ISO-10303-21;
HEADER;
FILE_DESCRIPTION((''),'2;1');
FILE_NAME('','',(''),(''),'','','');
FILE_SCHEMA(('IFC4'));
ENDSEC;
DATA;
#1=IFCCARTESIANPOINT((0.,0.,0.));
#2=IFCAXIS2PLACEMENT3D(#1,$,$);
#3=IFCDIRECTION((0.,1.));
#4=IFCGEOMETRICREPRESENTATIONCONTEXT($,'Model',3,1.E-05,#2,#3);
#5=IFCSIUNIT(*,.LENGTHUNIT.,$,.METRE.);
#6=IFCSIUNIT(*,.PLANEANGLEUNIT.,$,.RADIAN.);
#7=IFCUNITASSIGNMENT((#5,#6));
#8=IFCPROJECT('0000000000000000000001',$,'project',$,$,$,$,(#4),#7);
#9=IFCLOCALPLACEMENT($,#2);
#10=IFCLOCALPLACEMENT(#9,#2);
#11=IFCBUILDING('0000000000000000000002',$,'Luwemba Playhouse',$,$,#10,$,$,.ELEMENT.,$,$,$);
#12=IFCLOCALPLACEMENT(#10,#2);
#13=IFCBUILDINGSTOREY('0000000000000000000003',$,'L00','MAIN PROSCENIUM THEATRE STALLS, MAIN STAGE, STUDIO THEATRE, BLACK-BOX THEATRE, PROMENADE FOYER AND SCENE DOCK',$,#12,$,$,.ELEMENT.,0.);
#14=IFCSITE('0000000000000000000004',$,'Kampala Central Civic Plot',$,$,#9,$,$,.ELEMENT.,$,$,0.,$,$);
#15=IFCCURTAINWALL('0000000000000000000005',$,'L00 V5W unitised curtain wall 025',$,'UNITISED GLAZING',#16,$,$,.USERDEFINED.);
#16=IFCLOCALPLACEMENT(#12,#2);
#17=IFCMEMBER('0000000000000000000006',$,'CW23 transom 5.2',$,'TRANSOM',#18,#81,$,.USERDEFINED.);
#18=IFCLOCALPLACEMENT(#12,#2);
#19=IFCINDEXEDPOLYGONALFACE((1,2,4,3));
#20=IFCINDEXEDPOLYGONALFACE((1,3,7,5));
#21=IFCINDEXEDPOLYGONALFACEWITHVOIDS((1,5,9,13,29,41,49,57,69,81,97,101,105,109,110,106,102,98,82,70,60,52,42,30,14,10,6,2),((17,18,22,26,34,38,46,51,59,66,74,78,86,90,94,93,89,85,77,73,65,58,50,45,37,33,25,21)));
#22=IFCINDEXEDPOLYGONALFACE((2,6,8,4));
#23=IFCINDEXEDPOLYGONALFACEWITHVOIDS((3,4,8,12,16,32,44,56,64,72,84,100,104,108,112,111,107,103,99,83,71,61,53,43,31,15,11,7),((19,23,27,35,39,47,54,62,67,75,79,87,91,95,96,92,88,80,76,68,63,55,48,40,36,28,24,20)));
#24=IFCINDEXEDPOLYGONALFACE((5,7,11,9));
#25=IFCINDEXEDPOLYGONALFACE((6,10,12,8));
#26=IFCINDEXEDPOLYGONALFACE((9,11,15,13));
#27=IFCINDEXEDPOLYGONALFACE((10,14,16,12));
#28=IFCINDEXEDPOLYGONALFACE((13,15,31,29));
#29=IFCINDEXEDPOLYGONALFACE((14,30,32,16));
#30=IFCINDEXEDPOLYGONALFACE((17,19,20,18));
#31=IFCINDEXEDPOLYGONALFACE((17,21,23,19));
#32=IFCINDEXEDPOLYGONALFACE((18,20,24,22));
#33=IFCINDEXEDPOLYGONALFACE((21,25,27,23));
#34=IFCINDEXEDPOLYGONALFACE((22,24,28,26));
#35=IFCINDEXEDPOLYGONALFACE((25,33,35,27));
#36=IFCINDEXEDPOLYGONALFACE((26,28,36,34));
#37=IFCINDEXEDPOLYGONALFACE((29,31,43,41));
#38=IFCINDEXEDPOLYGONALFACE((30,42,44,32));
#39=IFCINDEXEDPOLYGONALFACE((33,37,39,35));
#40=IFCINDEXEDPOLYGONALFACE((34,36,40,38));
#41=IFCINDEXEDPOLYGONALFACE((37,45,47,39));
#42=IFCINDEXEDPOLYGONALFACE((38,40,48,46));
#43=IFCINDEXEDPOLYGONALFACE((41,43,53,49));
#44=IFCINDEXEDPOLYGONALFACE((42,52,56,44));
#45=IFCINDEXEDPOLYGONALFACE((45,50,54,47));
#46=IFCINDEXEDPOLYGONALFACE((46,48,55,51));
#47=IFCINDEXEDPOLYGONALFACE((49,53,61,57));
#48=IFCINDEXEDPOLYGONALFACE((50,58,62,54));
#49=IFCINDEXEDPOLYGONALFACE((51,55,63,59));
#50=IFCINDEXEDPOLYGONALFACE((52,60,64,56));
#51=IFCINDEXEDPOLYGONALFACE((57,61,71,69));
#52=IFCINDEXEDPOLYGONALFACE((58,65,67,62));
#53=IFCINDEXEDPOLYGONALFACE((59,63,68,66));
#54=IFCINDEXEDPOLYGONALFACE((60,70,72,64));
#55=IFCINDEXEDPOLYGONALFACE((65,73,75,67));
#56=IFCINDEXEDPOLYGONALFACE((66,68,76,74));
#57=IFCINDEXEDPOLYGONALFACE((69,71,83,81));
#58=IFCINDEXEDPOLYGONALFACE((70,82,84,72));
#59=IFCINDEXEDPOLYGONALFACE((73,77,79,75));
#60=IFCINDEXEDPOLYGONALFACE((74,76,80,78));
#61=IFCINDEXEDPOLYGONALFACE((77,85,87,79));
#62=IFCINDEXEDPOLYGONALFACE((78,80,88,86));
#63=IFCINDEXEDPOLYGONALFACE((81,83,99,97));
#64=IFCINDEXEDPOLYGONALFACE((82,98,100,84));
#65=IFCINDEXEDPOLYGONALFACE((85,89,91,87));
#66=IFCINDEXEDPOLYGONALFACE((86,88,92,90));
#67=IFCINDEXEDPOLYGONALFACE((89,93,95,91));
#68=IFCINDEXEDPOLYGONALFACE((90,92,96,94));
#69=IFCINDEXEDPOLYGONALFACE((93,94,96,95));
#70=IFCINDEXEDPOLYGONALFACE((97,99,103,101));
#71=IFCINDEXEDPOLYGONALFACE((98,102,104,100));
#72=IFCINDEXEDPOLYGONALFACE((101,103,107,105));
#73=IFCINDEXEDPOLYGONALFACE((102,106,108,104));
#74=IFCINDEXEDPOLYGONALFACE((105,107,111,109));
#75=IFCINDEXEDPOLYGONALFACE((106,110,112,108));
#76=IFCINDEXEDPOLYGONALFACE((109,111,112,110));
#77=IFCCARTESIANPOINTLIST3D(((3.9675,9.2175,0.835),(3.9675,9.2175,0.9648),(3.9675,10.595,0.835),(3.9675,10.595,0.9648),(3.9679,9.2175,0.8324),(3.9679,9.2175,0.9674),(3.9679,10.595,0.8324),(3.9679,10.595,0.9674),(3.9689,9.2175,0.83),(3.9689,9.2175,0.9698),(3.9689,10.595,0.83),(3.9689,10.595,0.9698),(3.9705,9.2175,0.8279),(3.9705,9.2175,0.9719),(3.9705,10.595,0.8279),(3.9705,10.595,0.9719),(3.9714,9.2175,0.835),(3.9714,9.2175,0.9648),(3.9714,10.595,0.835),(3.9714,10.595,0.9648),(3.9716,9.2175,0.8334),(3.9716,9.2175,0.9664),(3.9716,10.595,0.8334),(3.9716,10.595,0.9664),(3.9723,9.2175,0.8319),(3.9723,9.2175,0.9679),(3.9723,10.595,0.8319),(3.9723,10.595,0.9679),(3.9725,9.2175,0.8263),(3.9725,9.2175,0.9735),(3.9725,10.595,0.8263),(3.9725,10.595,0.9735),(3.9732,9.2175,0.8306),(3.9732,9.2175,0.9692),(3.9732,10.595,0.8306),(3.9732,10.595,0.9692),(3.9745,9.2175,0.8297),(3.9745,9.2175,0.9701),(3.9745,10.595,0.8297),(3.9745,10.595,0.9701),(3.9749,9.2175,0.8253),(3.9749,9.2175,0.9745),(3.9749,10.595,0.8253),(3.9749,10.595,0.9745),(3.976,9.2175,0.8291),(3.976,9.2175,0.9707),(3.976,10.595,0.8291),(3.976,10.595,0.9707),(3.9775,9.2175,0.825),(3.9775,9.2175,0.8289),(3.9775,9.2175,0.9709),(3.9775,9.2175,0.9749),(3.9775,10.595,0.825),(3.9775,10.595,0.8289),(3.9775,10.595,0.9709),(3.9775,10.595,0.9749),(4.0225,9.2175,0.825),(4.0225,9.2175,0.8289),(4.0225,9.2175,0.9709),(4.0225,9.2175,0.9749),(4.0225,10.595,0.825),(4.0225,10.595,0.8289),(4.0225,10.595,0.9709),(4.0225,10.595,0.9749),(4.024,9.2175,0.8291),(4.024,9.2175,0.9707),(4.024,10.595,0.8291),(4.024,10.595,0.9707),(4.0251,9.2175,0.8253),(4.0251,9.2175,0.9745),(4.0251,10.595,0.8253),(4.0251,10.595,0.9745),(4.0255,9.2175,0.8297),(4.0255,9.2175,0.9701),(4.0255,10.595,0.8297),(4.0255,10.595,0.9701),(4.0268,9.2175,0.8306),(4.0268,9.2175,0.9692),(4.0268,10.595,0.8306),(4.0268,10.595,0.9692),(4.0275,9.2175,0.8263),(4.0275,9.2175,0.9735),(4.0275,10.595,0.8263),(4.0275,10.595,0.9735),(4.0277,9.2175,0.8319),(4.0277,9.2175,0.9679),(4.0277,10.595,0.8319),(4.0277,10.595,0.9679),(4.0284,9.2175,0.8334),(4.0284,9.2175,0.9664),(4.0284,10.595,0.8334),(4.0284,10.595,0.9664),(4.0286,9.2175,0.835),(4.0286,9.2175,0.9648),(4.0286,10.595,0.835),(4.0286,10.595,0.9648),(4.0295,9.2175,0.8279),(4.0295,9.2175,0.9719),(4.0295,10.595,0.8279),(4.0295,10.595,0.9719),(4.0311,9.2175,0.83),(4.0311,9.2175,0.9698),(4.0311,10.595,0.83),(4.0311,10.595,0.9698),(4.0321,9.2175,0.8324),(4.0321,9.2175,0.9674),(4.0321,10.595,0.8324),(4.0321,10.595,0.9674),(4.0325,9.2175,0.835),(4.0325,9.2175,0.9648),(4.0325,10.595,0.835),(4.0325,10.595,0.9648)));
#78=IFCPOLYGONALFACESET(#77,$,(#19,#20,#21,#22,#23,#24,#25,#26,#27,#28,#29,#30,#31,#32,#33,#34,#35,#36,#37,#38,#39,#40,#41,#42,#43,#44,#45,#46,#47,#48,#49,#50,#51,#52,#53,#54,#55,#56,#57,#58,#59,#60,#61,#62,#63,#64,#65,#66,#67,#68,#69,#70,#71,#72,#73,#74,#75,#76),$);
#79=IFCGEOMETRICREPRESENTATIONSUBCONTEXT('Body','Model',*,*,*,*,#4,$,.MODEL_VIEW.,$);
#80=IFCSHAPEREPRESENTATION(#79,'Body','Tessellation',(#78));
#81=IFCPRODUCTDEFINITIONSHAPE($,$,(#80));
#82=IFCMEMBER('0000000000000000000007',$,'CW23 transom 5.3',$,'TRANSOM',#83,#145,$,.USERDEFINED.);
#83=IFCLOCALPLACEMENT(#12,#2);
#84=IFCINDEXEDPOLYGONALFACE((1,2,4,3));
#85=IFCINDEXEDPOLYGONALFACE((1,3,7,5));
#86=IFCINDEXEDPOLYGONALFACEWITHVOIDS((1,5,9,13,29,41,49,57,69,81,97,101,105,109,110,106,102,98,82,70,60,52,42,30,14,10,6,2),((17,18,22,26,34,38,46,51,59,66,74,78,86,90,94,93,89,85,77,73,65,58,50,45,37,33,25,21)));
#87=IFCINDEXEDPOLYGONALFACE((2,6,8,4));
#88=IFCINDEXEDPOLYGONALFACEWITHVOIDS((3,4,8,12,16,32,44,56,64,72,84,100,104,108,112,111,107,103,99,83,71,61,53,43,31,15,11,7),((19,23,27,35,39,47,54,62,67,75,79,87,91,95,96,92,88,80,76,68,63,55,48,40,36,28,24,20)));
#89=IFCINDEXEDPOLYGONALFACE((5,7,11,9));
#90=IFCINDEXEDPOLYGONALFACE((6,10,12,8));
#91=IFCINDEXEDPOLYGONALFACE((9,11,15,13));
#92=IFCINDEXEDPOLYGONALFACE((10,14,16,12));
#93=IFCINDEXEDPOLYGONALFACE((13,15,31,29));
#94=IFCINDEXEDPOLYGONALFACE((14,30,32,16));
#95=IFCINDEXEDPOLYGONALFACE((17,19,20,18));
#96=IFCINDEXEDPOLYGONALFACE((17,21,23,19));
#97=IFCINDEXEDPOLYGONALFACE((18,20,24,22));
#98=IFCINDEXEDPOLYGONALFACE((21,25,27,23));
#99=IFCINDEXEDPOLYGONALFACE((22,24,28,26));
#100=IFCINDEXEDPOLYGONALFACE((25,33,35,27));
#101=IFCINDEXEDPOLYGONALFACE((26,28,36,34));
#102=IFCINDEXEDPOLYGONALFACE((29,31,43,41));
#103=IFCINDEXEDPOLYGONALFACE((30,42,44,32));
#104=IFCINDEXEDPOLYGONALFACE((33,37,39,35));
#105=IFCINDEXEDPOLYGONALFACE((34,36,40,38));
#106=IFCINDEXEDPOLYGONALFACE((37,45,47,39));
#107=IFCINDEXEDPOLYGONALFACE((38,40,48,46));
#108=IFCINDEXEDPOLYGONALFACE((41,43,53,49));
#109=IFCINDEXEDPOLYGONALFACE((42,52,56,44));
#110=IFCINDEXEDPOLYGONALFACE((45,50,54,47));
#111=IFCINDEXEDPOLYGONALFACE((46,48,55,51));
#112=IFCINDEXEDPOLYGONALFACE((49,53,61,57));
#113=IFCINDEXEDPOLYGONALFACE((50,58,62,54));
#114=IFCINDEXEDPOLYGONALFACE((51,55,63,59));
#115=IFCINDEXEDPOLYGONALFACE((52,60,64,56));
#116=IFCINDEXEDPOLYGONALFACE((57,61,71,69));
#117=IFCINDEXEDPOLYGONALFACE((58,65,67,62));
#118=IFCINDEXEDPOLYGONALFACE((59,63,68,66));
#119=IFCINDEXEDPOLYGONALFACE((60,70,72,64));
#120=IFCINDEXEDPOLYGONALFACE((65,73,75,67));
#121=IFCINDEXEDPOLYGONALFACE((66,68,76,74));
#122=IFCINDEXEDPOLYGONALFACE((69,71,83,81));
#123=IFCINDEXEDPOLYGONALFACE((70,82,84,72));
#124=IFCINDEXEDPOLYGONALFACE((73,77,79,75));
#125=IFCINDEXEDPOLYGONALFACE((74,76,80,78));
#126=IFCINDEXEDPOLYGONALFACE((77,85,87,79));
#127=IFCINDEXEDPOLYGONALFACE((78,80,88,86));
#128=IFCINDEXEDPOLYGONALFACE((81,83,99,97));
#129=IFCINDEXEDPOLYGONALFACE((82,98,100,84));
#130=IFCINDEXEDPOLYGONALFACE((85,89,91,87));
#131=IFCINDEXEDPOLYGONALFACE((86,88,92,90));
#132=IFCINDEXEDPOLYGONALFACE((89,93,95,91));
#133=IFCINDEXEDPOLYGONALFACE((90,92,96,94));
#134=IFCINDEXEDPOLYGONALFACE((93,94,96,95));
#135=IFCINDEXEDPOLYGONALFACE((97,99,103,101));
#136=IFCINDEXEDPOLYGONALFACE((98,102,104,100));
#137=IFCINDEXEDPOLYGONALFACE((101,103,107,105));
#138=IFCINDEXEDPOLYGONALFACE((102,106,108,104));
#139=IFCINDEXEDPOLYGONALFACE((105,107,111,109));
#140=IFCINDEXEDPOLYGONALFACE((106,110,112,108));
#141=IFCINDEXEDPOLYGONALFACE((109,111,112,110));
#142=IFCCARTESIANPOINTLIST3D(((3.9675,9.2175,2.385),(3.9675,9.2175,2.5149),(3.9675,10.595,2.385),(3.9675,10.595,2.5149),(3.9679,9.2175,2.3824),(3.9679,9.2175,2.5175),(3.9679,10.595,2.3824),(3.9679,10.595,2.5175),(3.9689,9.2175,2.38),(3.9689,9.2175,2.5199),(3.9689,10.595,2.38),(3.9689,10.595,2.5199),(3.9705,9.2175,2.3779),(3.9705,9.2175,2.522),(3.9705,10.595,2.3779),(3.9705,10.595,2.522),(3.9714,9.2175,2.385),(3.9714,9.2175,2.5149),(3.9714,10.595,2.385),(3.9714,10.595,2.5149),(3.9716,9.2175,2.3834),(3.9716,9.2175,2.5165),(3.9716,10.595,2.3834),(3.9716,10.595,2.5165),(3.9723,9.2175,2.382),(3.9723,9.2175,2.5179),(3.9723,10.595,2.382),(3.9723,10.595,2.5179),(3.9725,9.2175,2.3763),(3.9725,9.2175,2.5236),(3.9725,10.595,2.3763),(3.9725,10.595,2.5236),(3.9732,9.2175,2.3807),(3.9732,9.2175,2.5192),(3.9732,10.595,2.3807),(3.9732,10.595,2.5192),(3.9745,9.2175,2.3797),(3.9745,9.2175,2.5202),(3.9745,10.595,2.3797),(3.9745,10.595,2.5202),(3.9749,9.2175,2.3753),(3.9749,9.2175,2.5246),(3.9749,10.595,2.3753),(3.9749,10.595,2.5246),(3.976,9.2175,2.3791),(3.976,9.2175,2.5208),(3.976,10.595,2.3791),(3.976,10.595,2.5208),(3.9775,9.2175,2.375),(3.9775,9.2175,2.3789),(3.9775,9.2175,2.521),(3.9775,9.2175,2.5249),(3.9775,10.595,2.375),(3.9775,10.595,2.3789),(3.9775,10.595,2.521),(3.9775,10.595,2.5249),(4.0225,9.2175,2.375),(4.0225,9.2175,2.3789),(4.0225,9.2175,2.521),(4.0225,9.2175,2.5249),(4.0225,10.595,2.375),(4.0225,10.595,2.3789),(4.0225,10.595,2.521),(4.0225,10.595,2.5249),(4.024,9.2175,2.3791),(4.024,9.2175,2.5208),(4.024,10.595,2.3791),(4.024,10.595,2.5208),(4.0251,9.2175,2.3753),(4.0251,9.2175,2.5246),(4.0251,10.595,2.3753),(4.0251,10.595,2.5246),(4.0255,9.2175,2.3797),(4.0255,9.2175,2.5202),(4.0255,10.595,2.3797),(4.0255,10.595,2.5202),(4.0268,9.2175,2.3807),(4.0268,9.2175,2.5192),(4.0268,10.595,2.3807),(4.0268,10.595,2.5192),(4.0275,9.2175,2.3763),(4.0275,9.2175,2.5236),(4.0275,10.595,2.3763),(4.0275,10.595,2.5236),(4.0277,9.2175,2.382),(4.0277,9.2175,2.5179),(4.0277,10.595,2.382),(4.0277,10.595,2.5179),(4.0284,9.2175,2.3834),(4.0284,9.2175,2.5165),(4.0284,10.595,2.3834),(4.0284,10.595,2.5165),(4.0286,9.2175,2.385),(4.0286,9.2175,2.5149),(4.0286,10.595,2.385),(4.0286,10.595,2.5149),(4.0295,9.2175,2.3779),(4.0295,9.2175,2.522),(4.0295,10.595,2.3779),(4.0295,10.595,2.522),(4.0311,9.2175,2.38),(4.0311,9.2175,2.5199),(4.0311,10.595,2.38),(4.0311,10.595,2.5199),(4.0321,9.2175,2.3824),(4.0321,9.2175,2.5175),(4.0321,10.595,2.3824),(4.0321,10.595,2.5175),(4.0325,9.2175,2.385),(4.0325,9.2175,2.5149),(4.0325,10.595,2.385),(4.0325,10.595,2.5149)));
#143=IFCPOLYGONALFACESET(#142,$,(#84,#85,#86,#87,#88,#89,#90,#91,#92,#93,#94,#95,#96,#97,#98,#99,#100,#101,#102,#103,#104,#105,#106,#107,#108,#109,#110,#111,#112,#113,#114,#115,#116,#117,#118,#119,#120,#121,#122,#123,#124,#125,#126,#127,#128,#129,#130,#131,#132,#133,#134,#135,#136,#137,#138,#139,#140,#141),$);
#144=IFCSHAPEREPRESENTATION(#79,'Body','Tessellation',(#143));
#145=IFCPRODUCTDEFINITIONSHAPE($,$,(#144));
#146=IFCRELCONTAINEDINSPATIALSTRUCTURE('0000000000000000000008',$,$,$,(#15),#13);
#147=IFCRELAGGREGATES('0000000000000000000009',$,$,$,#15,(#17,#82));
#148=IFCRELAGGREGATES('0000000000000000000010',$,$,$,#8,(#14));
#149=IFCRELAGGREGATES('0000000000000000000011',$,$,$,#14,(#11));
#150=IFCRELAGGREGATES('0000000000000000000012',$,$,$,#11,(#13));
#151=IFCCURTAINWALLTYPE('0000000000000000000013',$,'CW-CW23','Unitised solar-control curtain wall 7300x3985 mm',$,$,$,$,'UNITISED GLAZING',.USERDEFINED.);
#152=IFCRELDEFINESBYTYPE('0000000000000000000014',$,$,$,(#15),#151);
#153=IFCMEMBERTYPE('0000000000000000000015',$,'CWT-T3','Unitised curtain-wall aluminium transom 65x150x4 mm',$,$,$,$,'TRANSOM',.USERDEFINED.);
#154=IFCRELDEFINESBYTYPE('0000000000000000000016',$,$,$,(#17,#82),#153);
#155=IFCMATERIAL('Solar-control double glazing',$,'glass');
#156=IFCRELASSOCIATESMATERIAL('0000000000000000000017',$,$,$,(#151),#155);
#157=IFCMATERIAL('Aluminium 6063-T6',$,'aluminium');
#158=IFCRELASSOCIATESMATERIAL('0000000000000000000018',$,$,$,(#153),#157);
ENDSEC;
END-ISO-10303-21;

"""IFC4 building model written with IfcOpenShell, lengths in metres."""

from ifc_helpers import new_model, si_unit, direction, frame, origin, origin_2d, place, context, subcontext, project, spatial, hollow_rectangle, extrude, material, material_profile, profile_set, type_object, element, aggregate, save


model = new_model("IFC4")

# Units and contexts
model_context = context("Model", 3, precision=1e-05, world=origin(), true_north=direction((0.0, 1.0)))
body_context = subcontext(model_context, "Body", "Model", "MODEL_VIEW")
ifc_project = project(units=[si_unit("LENGTHUNIT", "METRE"), si_unit("PLANEANGLEUNIT", "RADIAN")], contexts=[model_context])

# Site, building, storey
site_placement = place(None, origin())
site = spatial("IfcSite", under=ifc_project, at=site_placement, Name="Kampala Central Civic Plot", CompositionType="ELEMENT", RefElevation=0.0)
building_placement = place(site_placement, origin())
building = spatial("IfcBuilding", under=site, at=building_placement, Name="Luwemba Playhouse", CompositionType="ELEMENT")
storey_placement = place(building_placement, origin())
storey = spatial("IfcBuildingStorey", under=building, at=storey_placement, Name="L00", Description="MAIN PROSCENIUM THEATRE STALLS, MAIN STAGE, STUDIO THEATRE, BLACK-BOX THEATRE, PROMENADE FOYER AND SCENE DOCK", CompositionType="ELEMENT", Elevation=0.0)

# Curtain wall
ifc_material_1 = material(Name="Solar-control double glazing", Category="glass")
curtain_wall_type_1 = type_object("IfcCurtainWallType", Name="CW-CW23", Description="Unitised solar-control curtain wall 7300x3985 mm", ElementType="UNITISED GLAZING", PredefinedType="USERDEFINED", material=ifc_material_1)
curtain_wall_1_placement = place(storey_placement, origin())
curtain_wall_1 = element("IfcCurtainWall", 1, at=curtain_wall_1_placement, inside=storey, type_object=curtain_wall_type_1, Name="L00 V5W unitised curtain wall 025", ObjectType="UNITISED GLAZING", PredefinedType="USERDEFINED")
ifc_material_2 = material(Name="Aluminium 6063-T6", Category="aluminium")

# Members
ifc_material_profile_1 = material_profile(ifc_material_2, hollow_rectangle(XDim=0.0649, YDim=0.1499, WallThickness=0.0039, InnerFilletRadius=0.0061, OuterFilletRadius=0.01, at=origin_2d()))
ifc_profile_set_1 = profile_set([ifc_material_profile_1], Name="Aluminium 6063-T6")
member_type_1 = type_object("IfcMemberType", Name="CWT-T3", Description="Unitised curtain-wall aluminium transom 65x150x4 mm", ElementType="TRANSOM", PredefinedType="USERDEFINED", material=ifc_profile_set_1)
member_1_placement = place(storey_placement, frame((4.0, 9.2175, 0.8999), z_axis=(0.0, 1.0, 0.0), x_axis=(-1.0, 0.0, 0.0)))
member_1 = element("IfcMember", 2, at=member_1_placement, type_object=member_type_1, Name="CW23 transom 5.2", ObjectType="TRANSOM", PredefinedType="USERDEFINED", context=body_context, shape_type="SweptSolid", body=[
    extrude(hollow_rectangle(XDim=0.0649, YDim=0.1499, WallThickness=0.0039, InnerFilletRadius=0.0061, OuterFilletRadius=0.01, at=origin_2d()), origin(), (0.0, 0.0, 1.0), 1.3774),
])
member_2_placement = place(storey_placement, frame((4.0, 9.2175, 2.45), z_axis=(0.0, 1.0, 0.0), x_axis=(-1.0, 0.0, 0.0)))
member_2 = element("IfcMember", 3, at=member_2_placement, type_object=member_type_1, Name="CW23 transom 5.3", ObjectType="TRANSOM", PredefinedType="USERDEFINED", context=body_context, shape_type="SweptSolid", body=[
    extrude(hollow_rectangle(XDim=0.0649, YDim=0.1499, WallThickness=0.0039, InnerFilletRadius=0.0061, OuterFilletRadius=0.01, at=origin_2d()), origin(), (0.0, 0.0, 1.0), 1.3774),
])

aggregate(curtain_wall_1, [member_1, member_2])

save(model, "model.ifc")
